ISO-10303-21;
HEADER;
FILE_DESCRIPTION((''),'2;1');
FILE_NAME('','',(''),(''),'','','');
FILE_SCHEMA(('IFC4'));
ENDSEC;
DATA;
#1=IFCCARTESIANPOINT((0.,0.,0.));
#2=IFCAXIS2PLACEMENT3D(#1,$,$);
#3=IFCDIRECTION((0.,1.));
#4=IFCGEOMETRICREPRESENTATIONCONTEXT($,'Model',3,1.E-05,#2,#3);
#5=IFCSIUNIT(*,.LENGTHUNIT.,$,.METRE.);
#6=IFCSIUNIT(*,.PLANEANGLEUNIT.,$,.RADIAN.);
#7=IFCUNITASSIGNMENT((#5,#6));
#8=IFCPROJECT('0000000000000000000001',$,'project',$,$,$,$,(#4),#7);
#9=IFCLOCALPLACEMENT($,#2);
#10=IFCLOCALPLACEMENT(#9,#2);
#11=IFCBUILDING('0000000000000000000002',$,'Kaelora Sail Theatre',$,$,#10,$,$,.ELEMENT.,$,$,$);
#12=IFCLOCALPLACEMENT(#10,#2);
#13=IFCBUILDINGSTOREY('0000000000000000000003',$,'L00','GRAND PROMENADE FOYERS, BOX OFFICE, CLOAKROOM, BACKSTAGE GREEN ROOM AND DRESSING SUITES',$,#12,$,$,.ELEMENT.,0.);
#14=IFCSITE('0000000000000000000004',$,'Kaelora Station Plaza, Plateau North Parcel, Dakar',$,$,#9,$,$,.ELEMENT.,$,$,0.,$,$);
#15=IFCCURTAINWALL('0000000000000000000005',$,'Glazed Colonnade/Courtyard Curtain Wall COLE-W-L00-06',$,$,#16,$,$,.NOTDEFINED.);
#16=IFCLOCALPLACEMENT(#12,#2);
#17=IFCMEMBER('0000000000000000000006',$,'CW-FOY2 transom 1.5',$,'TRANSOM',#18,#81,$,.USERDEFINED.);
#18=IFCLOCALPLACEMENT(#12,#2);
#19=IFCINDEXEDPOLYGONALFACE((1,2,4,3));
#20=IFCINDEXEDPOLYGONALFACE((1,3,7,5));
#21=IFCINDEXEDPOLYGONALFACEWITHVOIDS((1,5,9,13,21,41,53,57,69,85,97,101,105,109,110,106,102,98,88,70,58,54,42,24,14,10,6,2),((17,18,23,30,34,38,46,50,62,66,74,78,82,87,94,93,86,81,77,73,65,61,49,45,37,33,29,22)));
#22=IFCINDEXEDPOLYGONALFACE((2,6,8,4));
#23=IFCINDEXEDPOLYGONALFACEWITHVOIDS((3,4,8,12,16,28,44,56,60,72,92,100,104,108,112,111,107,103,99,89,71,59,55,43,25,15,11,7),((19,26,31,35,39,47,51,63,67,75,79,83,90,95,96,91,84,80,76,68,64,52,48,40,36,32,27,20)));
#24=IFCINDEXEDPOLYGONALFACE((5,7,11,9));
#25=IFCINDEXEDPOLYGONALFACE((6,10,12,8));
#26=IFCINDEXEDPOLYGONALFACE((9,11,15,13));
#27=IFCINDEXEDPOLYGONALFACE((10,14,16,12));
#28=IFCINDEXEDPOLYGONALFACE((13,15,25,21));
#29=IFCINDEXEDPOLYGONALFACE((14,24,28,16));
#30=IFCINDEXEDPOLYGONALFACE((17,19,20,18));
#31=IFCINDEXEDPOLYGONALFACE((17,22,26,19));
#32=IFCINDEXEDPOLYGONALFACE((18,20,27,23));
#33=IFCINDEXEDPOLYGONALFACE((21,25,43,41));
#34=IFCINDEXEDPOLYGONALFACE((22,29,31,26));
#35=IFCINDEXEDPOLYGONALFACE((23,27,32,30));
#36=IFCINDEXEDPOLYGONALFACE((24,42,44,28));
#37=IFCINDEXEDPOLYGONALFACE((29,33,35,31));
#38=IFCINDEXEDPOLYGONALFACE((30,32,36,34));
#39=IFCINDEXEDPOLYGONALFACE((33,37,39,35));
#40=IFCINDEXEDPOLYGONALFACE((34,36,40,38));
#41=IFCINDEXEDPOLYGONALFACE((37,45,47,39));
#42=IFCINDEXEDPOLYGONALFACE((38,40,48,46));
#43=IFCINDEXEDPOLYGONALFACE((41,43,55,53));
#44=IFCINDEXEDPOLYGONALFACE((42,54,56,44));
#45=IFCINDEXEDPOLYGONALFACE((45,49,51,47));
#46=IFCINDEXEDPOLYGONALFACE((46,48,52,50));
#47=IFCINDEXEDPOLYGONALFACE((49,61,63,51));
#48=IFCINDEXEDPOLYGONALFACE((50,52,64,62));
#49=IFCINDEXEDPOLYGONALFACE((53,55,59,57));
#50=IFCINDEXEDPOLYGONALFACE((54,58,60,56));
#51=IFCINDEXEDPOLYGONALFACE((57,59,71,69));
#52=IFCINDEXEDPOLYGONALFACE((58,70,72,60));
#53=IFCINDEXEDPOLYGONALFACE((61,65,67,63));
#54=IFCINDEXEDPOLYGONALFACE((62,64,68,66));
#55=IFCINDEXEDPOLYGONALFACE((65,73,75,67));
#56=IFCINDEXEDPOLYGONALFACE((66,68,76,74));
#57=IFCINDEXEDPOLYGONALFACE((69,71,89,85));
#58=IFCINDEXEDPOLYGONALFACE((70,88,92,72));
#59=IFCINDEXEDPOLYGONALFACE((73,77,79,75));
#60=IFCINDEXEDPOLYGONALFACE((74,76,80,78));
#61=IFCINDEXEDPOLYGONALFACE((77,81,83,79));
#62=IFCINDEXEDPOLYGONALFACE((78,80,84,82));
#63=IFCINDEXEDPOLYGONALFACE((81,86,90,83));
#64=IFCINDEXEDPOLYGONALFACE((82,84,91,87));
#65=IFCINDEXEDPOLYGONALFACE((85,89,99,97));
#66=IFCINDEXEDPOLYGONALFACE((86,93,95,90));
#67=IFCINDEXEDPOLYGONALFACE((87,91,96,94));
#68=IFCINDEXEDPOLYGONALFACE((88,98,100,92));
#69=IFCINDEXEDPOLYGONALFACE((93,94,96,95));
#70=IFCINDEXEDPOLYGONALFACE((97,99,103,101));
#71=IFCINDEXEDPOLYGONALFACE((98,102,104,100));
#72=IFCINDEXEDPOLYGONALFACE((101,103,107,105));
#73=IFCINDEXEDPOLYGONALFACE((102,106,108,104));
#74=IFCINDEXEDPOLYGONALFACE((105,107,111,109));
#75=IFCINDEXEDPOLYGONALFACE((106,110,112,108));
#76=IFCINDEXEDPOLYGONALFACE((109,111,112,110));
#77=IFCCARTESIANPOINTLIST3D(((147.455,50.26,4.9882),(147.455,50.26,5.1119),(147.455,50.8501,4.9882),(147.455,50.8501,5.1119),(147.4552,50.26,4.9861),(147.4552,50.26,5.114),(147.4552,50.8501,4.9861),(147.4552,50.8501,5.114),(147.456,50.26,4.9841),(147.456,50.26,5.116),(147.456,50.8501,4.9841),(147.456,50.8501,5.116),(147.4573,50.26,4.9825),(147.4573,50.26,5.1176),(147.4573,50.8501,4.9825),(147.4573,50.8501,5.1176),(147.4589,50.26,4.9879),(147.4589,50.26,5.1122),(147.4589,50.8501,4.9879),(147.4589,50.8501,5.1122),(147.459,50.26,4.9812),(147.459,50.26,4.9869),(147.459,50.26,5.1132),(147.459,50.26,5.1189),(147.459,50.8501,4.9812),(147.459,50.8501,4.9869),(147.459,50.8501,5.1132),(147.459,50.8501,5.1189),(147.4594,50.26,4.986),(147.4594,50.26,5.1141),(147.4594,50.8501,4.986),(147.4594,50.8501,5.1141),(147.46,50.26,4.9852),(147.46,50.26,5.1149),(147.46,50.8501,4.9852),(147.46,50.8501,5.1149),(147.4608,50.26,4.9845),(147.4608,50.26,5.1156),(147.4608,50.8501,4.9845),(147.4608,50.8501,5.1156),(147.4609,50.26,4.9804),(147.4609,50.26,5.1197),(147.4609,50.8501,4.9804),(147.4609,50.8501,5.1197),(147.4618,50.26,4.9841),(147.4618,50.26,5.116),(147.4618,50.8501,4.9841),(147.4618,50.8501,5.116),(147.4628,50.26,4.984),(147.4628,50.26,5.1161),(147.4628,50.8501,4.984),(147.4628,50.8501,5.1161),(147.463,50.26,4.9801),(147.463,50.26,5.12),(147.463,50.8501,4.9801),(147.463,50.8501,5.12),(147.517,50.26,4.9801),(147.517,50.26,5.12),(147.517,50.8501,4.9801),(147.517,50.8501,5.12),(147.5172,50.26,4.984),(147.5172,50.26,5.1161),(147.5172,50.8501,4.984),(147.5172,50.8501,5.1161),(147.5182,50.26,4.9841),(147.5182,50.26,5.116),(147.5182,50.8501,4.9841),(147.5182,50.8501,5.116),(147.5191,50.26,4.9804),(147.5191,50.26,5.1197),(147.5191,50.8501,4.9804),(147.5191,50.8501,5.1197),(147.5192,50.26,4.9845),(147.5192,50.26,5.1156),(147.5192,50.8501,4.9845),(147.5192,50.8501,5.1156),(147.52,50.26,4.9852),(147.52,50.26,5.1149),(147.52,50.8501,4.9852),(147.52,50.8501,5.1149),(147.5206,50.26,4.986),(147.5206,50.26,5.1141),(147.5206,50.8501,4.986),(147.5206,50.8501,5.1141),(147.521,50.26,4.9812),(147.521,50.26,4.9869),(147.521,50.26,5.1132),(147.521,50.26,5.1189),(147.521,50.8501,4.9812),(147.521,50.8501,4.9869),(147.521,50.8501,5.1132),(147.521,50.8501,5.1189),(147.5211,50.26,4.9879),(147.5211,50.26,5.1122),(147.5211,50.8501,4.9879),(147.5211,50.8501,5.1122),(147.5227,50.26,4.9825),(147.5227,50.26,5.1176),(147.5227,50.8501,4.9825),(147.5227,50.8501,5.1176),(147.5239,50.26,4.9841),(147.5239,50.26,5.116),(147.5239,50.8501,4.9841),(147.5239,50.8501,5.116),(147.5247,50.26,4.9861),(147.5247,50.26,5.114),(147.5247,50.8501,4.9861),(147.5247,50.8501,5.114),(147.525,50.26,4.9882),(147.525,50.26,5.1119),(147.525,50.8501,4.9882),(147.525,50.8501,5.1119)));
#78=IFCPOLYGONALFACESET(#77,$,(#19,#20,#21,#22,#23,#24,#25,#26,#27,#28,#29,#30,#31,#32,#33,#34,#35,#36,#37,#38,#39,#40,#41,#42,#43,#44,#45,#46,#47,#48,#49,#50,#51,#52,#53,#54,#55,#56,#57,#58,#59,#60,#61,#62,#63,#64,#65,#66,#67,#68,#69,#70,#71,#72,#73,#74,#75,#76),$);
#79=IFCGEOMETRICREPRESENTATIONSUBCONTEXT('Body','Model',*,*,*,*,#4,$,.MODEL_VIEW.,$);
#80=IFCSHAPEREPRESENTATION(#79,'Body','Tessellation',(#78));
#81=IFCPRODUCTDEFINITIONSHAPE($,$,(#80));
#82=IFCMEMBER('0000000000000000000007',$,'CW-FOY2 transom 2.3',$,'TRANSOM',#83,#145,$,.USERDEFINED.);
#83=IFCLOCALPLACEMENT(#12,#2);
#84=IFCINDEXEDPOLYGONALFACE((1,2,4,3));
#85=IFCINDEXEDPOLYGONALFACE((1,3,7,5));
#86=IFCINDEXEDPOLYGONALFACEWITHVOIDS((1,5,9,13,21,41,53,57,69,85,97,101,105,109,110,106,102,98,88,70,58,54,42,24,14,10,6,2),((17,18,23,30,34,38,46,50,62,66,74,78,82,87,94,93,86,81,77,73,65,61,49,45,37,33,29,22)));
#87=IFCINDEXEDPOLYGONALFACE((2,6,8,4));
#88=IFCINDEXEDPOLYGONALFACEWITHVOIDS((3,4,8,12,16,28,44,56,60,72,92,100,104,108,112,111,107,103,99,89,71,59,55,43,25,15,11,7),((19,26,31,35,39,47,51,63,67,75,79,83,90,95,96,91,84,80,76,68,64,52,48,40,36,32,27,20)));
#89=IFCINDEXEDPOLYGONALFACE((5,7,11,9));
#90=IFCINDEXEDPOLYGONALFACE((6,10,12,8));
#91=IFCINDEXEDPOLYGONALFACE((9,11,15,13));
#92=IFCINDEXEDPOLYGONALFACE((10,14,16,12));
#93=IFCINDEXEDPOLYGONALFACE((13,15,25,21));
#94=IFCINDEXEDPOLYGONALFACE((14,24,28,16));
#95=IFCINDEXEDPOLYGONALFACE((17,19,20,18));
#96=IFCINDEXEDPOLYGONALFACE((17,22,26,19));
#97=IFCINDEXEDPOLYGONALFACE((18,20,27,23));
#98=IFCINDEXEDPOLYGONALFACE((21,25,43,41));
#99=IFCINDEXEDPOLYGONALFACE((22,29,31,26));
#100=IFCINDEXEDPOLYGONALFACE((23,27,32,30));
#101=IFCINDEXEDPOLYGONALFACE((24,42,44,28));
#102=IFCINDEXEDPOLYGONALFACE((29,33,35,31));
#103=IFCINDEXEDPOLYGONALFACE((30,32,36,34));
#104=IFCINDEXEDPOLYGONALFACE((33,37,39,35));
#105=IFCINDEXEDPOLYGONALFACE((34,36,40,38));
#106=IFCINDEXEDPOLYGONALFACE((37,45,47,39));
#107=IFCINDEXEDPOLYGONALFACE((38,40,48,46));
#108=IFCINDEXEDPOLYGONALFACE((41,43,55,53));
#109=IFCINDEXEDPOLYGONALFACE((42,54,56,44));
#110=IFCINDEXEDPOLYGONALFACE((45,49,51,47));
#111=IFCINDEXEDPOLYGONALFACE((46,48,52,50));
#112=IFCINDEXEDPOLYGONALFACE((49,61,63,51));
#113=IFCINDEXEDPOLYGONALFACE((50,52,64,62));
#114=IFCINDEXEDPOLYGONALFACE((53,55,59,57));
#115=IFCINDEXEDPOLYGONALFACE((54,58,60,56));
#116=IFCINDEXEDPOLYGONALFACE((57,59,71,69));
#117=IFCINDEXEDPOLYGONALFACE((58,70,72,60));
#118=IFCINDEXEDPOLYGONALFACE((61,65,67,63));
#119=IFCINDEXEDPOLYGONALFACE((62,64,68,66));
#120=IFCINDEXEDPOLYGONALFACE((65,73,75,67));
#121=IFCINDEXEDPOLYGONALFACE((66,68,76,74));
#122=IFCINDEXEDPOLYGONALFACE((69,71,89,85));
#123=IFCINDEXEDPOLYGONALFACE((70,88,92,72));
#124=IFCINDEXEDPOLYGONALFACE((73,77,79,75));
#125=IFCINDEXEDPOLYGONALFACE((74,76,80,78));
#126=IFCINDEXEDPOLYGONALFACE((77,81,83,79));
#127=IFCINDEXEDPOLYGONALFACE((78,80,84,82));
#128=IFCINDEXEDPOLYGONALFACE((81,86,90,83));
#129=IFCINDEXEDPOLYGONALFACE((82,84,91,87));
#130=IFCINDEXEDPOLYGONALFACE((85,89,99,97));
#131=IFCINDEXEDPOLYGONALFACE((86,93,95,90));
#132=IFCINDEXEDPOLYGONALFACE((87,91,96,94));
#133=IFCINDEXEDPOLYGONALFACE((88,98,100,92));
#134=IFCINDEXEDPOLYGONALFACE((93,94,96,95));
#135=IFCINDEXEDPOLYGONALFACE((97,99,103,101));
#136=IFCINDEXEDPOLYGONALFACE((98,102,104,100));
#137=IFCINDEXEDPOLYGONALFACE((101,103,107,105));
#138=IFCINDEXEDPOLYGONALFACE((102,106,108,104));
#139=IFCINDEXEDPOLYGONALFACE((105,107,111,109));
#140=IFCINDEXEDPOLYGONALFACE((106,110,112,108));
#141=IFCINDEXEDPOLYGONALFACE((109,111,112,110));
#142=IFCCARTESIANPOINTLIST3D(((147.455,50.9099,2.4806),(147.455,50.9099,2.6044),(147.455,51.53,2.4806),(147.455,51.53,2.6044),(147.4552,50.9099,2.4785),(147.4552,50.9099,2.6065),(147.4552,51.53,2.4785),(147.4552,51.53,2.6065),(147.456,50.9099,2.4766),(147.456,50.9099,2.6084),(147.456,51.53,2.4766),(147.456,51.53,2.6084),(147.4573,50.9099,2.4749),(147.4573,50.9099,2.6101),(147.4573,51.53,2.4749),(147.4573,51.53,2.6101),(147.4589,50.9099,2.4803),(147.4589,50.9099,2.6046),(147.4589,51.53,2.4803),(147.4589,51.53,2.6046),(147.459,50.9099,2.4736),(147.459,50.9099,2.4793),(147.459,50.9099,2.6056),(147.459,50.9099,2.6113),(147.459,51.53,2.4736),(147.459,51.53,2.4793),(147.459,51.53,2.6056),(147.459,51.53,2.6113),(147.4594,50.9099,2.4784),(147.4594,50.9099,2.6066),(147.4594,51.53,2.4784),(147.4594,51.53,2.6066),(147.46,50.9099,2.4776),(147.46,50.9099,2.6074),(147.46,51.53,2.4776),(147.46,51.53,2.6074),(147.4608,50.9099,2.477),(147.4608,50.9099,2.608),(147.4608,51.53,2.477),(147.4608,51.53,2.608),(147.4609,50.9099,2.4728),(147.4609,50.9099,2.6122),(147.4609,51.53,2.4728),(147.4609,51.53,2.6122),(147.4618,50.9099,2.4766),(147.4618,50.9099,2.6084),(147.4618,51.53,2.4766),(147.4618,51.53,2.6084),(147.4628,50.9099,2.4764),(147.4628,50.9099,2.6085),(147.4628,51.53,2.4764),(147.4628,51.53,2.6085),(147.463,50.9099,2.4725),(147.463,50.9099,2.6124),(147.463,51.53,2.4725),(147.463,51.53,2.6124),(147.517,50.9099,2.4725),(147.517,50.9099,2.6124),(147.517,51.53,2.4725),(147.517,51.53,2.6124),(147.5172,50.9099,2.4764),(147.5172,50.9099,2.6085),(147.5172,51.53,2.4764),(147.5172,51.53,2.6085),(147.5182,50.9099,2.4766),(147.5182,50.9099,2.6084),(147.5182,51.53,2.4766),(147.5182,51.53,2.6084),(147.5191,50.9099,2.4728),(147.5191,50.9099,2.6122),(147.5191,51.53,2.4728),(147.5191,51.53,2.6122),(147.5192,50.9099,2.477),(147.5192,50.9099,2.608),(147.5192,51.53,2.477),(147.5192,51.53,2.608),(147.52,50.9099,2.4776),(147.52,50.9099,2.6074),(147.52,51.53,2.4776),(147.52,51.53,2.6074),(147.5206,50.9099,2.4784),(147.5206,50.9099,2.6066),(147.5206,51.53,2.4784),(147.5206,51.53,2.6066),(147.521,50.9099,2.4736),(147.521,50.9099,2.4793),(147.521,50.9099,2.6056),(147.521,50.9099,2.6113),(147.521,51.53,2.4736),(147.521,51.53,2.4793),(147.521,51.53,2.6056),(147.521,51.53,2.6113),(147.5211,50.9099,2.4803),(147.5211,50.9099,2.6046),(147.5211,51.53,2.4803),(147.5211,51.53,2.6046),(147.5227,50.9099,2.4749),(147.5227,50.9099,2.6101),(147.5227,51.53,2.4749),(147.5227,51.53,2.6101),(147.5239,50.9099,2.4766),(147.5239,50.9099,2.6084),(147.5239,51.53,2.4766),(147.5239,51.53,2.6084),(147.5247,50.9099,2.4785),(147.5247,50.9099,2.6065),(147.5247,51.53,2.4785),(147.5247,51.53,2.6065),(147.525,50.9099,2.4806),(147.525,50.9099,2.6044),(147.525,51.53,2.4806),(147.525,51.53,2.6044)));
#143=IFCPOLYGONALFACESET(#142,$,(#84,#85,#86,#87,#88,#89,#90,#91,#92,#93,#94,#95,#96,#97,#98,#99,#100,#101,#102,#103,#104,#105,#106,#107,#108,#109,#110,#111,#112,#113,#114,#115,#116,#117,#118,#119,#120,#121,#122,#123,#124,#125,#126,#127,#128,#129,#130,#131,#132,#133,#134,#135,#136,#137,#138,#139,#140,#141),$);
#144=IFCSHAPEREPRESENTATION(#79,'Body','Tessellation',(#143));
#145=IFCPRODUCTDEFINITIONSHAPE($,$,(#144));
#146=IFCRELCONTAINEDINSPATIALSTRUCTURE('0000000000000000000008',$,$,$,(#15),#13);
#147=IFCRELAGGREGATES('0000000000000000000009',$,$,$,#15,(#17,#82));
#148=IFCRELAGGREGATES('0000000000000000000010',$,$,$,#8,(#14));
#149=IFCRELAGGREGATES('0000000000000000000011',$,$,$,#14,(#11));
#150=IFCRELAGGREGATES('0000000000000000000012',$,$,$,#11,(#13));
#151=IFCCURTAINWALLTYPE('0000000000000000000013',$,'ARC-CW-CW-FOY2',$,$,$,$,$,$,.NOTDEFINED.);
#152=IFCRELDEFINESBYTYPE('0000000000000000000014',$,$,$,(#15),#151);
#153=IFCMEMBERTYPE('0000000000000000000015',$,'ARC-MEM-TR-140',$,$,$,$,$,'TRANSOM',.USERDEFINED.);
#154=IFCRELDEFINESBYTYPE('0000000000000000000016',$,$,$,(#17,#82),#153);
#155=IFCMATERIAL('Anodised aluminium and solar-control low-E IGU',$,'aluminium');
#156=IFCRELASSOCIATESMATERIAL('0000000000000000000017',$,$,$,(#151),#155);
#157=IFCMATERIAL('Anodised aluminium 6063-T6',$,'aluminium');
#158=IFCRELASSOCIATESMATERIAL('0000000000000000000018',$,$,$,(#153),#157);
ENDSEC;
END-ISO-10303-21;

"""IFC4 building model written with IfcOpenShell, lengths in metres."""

from ifc_helpers import new_model, si_unit, direction, frame, origin, origin_2d, place, context, subcontext, project, spatial, hollow_rectangle, extrude, material, material_profile, profile_set, type_object, element, aggregate, save


model = new_model("IFC4")

# Units and contexts
model_context = context("Model", 3, precision=1e-05, world=origin(), true_north=direction((0.0, 1.0)))
body_context = subcontext(model_context, "Body", "Model", "MODEL_VIEW")
ifc_project = project(units=[si_unit("LENGTHUNIT", "METRE"), si_unit("PLANEANGLEUNIT", "RADIAN")], contexts=[model_context])

# Site, building, storey
site_placement = place(None, origin())
site = spatial("IfcSite", under=ifc_project, at=site_placement, Name="Kaelora Station Plaza, Plateau North Parcel, Dakar", CompositionType="ELEMENT", RefElevation=0.0)
building_placement = place(site_placement, origin())
building = spatial("IfcBuilding", under=site, at=building_placement, Name="Kaelora Sail Theatre", CompositionType="ELEMENT")
storey_placement = place(building_placement, origin())
storey = spatial("IfcBuildingStorey", under=building, at=storey_placement, Name="L00", Description="GRAND PROMENADE FOYERS, BOX OFFICE, CLOAKROOM, BACKSTAGE GREEN ROOM AND DRESSING SUITES", CompositionType="ELEMENT", Elevation=0.0)

# Curtain wall, members
ifc_material_1 = material(Name="Anodised aluminium and solar-control low-E IGU", Category="aluminium")
curtain_wall_type = type_object("IfcCurtainWallType", Name="ARC-CW-CW-FOY2", PredefinedType="NOTDEFINED", material=ifc_material_1)
ifc_material_2 = material(Name="Anodised aluminium 6063-T6", Category="aluminium")
ifc_material_profile = material_profile(ifc_material_2, hollow_rectangle(XDim=0.0701, YDim=0.1399, WallThickness=0.0039, InnerFilletRadius=0.0039, OuterFilletRadius=0.0081, at=origin_2d()), Name="ALU-TRAN 70x140x4")
ifc_profile_set = profile_set([ifc_material_profile], Name="Anodised aluminium 6063-T6")
member_type = type_object("IfcMemberType", Name="ARC-MEM-TR-140", ElementType="TRANSOM", PredefinedType="USERDEFINED", material=ifc_profile_set)
curtain_wall_1_placement = place(storey_placement, origin())
curtain_wall_1 = element("IfcCurtainWall", 1, at=curtain_wall_1_placement, inside=storey, type_object=curtain_wall_type, Name="Glazed Colonnade/Courtyard Curtain Wall COLE-W-L00-06", PredefinedType="NOTDEFINED")
member_1_placement = place(storey_placement, frame((147.49, 50.26, 5.05), z_axis=(0.0, 1.0, 0.0), x_axis=(-1.0, 0.0, 0.0)))
member_1 = element("IfcMember", 2, at=member_1_placement, type_object=member_type, Name="CW-FOY2 transom 1.5", ObjectType="TRANSOM", PredefinedType="USERDEFINED", context=body_context, shape_type="SweptSolid", body=[
    extrude(hollow_rectangle(XDim=0.0701, YDim=0.1399, WallThickness=0.0039, InnerFilletRadius=0.0039, OuterFilletRadius=0.0081, at=origin_2d()), origin(), (0.0, 0.0, 1.0), 0.5901),
])
member_2_placement = place(storey_placement, frame((147.49, 50.9099, 2.5425), z_axis=(0.0, 1.0, 0.0), x_axis=(-1.0, 0.0, 0.0)))
member_2 = element("IfcMember", 3, at=member_2_placement, type_object=member_type, Name="CW-FOY2 transom 2.3", ObjectType="TRANSOM", PredefinedType="USERDEFINED", context=body_context, shape_type="SweptSolid", body=[
    extrude(hollow_rectangle(XDim=0.0701, YDim=0.1399, WallThickness=0.0039, InnerFilletRadius=0.0039, OuterFilletRadius=0.0081, at=origin_2d()), origin(), (0.0, 0.0, 1.0), 0.6201),
])

aggregate(curtain_wall_1, [member_1, member_2])

save(model, "model.ifc")
